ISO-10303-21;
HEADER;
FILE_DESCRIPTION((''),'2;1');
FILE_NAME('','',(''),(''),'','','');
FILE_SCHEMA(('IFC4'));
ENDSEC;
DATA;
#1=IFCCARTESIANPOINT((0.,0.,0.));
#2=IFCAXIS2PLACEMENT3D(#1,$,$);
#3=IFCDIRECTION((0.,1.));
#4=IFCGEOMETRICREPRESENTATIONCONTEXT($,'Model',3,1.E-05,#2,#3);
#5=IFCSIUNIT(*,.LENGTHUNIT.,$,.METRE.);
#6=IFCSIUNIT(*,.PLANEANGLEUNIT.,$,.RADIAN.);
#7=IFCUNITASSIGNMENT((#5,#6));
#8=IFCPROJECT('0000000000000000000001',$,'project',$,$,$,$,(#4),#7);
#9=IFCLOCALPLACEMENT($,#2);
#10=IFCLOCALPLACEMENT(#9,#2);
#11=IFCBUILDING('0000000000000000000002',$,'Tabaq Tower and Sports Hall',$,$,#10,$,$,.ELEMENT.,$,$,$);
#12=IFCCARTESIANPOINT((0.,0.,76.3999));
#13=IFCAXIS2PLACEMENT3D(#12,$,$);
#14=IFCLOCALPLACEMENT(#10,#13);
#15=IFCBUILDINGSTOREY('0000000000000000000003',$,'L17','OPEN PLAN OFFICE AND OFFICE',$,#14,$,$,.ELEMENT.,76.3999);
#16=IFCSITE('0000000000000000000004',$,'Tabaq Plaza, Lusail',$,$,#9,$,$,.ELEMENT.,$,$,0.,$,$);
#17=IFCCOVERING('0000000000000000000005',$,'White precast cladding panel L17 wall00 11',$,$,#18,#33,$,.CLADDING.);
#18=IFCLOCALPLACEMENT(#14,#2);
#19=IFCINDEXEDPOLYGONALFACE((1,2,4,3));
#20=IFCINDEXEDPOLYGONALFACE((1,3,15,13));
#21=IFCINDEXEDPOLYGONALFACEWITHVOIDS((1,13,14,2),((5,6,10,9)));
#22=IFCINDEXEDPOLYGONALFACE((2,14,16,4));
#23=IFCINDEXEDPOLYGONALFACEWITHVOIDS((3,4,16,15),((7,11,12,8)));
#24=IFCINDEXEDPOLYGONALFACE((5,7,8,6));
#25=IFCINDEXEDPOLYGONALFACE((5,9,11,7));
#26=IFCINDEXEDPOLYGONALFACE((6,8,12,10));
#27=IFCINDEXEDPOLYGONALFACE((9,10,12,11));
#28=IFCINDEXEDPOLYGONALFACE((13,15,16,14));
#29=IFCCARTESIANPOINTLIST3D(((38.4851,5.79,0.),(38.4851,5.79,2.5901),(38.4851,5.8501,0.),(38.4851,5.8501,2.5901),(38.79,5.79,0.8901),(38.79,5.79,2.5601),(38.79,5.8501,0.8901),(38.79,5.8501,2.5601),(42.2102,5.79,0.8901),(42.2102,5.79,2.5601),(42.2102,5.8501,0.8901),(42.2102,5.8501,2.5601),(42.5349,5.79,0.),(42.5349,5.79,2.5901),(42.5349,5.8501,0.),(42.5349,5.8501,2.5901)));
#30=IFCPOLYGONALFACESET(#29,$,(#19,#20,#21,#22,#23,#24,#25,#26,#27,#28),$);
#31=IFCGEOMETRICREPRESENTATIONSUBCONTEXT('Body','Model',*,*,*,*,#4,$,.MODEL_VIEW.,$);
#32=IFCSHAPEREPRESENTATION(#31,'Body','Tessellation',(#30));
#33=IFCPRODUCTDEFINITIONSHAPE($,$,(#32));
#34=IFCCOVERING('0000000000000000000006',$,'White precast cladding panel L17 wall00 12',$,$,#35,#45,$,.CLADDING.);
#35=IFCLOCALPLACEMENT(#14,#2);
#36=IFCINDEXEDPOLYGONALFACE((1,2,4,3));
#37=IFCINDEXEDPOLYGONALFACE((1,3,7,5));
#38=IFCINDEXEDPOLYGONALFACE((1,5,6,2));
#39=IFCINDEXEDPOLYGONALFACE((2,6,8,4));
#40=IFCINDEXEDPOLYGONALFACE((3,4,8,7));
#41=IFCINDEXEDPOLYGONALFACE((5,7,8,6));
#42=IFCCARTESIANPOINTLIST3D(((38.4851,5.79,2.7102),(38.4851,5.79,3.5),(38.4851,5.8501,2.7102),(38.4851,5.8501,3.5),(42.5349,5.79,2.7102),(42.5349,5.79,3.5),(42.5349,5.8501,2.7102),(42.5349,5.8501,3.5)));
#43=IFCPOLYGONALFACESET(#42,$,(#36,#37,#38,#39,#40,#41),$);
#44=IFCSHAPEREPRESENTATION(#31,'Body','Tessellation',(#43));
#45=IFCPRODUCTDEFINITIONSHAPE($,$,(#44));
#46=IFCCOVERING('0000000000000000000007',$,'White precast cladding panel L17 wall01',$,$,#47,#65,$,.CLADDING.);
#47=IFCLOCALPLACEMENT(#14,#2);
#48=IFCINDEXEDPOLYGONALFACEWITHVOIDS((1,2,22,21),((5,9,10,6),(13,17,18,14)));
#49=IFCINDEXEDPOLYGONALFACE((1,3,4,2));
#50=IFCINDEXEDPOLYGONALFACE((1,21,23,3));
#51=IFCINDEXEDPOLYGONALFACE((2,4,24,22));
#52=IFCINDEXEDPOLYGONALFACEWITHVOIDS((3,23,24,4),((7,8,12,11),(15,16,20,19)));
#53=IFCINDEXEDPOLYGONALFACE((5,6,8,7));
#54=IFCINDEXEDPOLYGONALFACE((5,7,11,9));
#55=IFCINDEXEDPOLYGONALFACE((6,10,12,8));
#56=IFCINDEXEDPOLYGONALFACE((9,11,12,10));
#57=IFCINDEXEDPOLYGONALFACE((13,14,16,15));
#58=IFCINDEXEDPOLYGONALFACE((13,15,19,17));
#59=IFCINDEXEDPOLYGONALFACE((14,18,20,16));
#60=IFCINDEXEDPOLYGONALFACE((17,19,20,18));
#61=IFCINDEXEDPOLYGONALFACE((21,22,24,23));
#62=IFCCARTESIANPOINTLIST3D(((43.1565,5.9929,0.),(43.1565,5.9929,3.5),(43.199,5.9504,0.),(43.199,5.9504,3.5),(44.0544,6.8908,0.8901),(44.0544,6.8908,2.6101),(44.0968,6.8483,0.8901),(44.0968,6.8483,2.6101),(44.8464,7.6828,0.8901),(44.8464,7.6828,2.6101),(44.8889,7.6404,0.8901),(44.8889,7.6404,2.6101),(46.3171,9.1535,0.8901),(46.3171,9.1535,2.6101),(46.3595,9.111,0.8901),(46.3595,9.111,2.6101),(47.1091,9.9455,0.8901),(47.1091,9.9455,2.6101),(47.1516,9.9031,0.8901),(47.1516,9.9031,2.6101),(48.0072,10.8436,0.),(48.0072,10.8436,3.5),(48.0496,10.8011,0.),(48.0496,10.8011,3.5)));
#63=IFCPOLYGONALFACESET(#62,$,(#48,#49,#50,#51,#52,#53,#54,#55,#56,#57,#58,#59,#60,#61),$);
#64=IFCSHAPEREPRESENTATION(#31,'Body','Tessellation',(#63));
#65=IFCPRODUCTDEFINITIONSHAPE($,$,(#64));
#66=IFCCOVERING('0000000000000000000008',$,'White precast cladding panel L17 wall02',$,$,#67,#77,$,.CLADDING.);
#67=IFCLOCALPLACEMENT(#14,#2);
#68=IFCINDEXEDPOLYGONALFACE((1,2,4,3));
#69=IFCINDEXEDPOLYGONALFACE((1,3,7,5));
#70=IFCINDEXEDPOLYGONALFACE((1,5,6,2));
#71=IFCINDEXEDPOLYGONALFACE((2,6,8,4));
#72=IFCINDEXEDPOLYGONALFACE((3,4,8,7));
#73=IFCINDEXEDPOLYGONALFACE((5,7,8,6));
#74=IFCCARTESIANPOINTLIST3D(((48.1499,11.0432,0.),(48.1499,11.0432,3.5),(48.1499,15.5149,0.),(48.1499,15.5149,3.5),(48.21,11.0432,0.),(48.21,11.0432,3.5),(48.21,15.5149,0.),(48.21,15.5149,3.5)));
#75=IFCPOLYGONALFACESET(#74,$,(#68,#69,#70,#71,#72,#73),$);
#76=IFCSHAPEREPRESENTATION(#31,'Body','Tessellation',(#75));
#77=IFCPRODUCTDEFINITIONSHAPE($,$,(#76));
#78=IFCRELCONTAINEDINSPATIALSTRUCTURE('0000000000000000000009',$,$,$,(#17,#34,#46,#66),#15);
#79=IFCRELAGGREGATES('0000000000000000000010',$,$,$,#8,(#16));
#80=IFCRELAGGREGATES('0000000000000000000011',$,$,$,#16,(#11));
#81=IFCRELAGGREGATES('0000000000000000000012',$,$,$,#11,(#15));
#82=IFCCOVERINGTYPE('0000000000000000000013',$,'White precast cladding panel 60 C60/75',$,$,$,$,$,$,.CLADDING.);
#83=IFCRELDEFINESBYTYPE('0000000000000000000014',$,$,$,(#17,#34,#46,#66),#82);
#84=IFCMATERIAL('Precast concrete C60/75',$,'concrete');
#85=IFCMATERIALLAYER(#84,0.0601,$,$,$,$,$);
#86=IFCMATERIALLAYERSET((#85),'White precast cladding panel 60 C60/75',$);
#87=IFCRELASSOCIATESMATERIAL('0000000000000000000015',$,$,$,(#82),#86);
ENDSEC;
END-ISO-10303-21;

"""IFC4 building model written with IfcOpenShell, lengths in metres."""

from ifc_helpers import new_model, si_unit, direction, frame, frame_2d, origin, place, context, subcontext, project, spatial, polyline, rectangle, outline, extrude, material, layer, layer_set, type_object, element, save


model = new_model("IFC4")

# Units and contexts
model_context = context("Model", 3, precision=1e-05, world=origin(), true_north=direction((0.0, 1.0)))
body_context = subcontext(model_context, "Body", "Model", "MODEL_VIEW")
ifc_project = project(units=[si_unit("LENGTHUNIT", "METRE"), si_unit("PLANEANGLEUNIT", "RADIAN")], contexts=[model_context])

# Site, building, storey
site_placement = place(None, origin())
site = spatial("IfcSite", under=ifc_project, at=site_placement, Name="Tabaq Plaza, Lusail", CompositionType="ELEMENT", RefElevation=0.0)
building_placement = place(site_placement, origin())
building = spatial("IfcBuilding", under=site, at=building_placement, Name="Tabaq Tower and Sports Hall", CompositionType="ELEMENT")
storey_placement = place(building_placement, frame((0.0, 0.0, 76.3999)))
storey = spatial("IfcBuildingStorey", under=building, at=storey_placement, Name="L17", Description="OPEN PLAN OFFICE AND OFFICE", CompositionType="ELEMENT", Elevation=76.3999)

# Coverings
ifc_material_1 = material(Name="Precast concrete C60/75", Category="concrete")
ifc_layer_1 = layer(ifc_material_1, 0.0601)
ifc_layer_set_1 = layer_set([ifc_layer_1], Name="White precast cladding panel 60 C60/75")
covering_type_1 = type_object("IfcCoveringType", Name="White precast cladding panel 60 C60/75", PredefinedType="CLADDING", material=ifc_layer_set_1)
covering_1_placement = place(storey_placement, frame((38.4851, 5.8201, 0.0), z_axis=(0.0, 0.0, 1.0), x_axis=(1.0, 0.0, 0.0)))
element("IfcCovering", 1, at=covering_1_placement, inside=storey, type_object=covering_type_1, Name="White precast cladding panel L17 wall00 11", PredefinedType="CLADDING", context=body_context, shape_type="SweptSolid", body=[
    extrude(outline(polyline([(0.0, 0.0), (4.0498, 0.0), (4.0498, 2.5901), (0.0, 2.5901), (0.0, 0.0)]), holes=[polyline([(3.7251, 0.8901), (0.3049, 0.8901), (0.3049, 2.5601), (3.7251, 2.5601), (3.7251, 0.8901)])]), frame((0.0, 0.03, 0.0), z_axis=(0.0, -1.0, 0.0), x_axis=(1.0, 0.0, 0.0)), (0.0, 0.0, 1.0), 0.0601),
])
covering_2_placement = place(storey_placement, frame((38.4851, 5.8201, 2.7102), z_axis=(0.0, 0.0, 1.0), x_axis=(1.0, 0.0, 0.0)))
element("IfcCovering", 2, at=covering_2_placement, inside=storey, type_object=covering_type_1, Name="White precast cladding panel L17 wall00 12", PredefinedType="CLADDING", context=body_context, shape_type="SweptSolid", body=[
    extrude(rectangle(XDim=4.0498, YDim=0.0601, at=frame_2d((2.0249, 0.0))), origin(), (0.0, 0.0, 1.0), 0.7898),
])
covering_3_placement = place(storey_placement, frame((43.1777, 5.9717, 0.0), z_axis=(0.0, 0.0, 1.0), x_axis=(0.707107, 0.707107, 0.0)))
element("IfcCovering", 3, at=covering_3_placement, inside=storey, type_object=covering_type_1, Name="White precast cladding panel L17 wall01", PredefinedType="CLADDING", context=body_context, shape_type="SweptSolid", body=[
    extrude(outline(polyline([(0.0, 0.0), (6.8599, 0.0), (6.8599, 3.5), (0.0, 3.5), (0.0, 0.0)]), holes=[polyline([(1.2698, 2.6101), (2.3899, 2.6101), (2.3899, 0.8901), (1.2698, 0.8901), (1.2698, 2.6101)]), polyline([(4.4697, 2.6101), (5.5898, 2.6101), (5.5898, 0.8901), (4.4697, 0.8901), (4.4697, 2.6101)])]), frame((0.0, 0.03, 0.0), z_axis=(0.0, -1.0, 0.0), x_axis=(1.0, 0.0, 0.0)), (0.0, 0.0, 1.0), 0.0601),
])
covering_4_placement = place(storey_placement, frame((48.1799, 11.0432, 0.0), z_axis=(0.0, 0.0, 1.0), x_axis=(0.0, 1.0, 0.0)))
element("IfcCovering", 4, at=covering_4_placement, inside=storey, type_object=covering_type_1, Name="White precast cladding panel L17 wall02", PredefinedType="CLADDING", context=body_context, shape_type="SweptSolid", body=[
    extrude(rectangle(XDim=4.4717, YDim=0.0601, at=frame_2d((2.2358, 0.0))), origin(), (0.0, 0.0, 1.0), 3.5),
])

save(model, "model.ifc")
